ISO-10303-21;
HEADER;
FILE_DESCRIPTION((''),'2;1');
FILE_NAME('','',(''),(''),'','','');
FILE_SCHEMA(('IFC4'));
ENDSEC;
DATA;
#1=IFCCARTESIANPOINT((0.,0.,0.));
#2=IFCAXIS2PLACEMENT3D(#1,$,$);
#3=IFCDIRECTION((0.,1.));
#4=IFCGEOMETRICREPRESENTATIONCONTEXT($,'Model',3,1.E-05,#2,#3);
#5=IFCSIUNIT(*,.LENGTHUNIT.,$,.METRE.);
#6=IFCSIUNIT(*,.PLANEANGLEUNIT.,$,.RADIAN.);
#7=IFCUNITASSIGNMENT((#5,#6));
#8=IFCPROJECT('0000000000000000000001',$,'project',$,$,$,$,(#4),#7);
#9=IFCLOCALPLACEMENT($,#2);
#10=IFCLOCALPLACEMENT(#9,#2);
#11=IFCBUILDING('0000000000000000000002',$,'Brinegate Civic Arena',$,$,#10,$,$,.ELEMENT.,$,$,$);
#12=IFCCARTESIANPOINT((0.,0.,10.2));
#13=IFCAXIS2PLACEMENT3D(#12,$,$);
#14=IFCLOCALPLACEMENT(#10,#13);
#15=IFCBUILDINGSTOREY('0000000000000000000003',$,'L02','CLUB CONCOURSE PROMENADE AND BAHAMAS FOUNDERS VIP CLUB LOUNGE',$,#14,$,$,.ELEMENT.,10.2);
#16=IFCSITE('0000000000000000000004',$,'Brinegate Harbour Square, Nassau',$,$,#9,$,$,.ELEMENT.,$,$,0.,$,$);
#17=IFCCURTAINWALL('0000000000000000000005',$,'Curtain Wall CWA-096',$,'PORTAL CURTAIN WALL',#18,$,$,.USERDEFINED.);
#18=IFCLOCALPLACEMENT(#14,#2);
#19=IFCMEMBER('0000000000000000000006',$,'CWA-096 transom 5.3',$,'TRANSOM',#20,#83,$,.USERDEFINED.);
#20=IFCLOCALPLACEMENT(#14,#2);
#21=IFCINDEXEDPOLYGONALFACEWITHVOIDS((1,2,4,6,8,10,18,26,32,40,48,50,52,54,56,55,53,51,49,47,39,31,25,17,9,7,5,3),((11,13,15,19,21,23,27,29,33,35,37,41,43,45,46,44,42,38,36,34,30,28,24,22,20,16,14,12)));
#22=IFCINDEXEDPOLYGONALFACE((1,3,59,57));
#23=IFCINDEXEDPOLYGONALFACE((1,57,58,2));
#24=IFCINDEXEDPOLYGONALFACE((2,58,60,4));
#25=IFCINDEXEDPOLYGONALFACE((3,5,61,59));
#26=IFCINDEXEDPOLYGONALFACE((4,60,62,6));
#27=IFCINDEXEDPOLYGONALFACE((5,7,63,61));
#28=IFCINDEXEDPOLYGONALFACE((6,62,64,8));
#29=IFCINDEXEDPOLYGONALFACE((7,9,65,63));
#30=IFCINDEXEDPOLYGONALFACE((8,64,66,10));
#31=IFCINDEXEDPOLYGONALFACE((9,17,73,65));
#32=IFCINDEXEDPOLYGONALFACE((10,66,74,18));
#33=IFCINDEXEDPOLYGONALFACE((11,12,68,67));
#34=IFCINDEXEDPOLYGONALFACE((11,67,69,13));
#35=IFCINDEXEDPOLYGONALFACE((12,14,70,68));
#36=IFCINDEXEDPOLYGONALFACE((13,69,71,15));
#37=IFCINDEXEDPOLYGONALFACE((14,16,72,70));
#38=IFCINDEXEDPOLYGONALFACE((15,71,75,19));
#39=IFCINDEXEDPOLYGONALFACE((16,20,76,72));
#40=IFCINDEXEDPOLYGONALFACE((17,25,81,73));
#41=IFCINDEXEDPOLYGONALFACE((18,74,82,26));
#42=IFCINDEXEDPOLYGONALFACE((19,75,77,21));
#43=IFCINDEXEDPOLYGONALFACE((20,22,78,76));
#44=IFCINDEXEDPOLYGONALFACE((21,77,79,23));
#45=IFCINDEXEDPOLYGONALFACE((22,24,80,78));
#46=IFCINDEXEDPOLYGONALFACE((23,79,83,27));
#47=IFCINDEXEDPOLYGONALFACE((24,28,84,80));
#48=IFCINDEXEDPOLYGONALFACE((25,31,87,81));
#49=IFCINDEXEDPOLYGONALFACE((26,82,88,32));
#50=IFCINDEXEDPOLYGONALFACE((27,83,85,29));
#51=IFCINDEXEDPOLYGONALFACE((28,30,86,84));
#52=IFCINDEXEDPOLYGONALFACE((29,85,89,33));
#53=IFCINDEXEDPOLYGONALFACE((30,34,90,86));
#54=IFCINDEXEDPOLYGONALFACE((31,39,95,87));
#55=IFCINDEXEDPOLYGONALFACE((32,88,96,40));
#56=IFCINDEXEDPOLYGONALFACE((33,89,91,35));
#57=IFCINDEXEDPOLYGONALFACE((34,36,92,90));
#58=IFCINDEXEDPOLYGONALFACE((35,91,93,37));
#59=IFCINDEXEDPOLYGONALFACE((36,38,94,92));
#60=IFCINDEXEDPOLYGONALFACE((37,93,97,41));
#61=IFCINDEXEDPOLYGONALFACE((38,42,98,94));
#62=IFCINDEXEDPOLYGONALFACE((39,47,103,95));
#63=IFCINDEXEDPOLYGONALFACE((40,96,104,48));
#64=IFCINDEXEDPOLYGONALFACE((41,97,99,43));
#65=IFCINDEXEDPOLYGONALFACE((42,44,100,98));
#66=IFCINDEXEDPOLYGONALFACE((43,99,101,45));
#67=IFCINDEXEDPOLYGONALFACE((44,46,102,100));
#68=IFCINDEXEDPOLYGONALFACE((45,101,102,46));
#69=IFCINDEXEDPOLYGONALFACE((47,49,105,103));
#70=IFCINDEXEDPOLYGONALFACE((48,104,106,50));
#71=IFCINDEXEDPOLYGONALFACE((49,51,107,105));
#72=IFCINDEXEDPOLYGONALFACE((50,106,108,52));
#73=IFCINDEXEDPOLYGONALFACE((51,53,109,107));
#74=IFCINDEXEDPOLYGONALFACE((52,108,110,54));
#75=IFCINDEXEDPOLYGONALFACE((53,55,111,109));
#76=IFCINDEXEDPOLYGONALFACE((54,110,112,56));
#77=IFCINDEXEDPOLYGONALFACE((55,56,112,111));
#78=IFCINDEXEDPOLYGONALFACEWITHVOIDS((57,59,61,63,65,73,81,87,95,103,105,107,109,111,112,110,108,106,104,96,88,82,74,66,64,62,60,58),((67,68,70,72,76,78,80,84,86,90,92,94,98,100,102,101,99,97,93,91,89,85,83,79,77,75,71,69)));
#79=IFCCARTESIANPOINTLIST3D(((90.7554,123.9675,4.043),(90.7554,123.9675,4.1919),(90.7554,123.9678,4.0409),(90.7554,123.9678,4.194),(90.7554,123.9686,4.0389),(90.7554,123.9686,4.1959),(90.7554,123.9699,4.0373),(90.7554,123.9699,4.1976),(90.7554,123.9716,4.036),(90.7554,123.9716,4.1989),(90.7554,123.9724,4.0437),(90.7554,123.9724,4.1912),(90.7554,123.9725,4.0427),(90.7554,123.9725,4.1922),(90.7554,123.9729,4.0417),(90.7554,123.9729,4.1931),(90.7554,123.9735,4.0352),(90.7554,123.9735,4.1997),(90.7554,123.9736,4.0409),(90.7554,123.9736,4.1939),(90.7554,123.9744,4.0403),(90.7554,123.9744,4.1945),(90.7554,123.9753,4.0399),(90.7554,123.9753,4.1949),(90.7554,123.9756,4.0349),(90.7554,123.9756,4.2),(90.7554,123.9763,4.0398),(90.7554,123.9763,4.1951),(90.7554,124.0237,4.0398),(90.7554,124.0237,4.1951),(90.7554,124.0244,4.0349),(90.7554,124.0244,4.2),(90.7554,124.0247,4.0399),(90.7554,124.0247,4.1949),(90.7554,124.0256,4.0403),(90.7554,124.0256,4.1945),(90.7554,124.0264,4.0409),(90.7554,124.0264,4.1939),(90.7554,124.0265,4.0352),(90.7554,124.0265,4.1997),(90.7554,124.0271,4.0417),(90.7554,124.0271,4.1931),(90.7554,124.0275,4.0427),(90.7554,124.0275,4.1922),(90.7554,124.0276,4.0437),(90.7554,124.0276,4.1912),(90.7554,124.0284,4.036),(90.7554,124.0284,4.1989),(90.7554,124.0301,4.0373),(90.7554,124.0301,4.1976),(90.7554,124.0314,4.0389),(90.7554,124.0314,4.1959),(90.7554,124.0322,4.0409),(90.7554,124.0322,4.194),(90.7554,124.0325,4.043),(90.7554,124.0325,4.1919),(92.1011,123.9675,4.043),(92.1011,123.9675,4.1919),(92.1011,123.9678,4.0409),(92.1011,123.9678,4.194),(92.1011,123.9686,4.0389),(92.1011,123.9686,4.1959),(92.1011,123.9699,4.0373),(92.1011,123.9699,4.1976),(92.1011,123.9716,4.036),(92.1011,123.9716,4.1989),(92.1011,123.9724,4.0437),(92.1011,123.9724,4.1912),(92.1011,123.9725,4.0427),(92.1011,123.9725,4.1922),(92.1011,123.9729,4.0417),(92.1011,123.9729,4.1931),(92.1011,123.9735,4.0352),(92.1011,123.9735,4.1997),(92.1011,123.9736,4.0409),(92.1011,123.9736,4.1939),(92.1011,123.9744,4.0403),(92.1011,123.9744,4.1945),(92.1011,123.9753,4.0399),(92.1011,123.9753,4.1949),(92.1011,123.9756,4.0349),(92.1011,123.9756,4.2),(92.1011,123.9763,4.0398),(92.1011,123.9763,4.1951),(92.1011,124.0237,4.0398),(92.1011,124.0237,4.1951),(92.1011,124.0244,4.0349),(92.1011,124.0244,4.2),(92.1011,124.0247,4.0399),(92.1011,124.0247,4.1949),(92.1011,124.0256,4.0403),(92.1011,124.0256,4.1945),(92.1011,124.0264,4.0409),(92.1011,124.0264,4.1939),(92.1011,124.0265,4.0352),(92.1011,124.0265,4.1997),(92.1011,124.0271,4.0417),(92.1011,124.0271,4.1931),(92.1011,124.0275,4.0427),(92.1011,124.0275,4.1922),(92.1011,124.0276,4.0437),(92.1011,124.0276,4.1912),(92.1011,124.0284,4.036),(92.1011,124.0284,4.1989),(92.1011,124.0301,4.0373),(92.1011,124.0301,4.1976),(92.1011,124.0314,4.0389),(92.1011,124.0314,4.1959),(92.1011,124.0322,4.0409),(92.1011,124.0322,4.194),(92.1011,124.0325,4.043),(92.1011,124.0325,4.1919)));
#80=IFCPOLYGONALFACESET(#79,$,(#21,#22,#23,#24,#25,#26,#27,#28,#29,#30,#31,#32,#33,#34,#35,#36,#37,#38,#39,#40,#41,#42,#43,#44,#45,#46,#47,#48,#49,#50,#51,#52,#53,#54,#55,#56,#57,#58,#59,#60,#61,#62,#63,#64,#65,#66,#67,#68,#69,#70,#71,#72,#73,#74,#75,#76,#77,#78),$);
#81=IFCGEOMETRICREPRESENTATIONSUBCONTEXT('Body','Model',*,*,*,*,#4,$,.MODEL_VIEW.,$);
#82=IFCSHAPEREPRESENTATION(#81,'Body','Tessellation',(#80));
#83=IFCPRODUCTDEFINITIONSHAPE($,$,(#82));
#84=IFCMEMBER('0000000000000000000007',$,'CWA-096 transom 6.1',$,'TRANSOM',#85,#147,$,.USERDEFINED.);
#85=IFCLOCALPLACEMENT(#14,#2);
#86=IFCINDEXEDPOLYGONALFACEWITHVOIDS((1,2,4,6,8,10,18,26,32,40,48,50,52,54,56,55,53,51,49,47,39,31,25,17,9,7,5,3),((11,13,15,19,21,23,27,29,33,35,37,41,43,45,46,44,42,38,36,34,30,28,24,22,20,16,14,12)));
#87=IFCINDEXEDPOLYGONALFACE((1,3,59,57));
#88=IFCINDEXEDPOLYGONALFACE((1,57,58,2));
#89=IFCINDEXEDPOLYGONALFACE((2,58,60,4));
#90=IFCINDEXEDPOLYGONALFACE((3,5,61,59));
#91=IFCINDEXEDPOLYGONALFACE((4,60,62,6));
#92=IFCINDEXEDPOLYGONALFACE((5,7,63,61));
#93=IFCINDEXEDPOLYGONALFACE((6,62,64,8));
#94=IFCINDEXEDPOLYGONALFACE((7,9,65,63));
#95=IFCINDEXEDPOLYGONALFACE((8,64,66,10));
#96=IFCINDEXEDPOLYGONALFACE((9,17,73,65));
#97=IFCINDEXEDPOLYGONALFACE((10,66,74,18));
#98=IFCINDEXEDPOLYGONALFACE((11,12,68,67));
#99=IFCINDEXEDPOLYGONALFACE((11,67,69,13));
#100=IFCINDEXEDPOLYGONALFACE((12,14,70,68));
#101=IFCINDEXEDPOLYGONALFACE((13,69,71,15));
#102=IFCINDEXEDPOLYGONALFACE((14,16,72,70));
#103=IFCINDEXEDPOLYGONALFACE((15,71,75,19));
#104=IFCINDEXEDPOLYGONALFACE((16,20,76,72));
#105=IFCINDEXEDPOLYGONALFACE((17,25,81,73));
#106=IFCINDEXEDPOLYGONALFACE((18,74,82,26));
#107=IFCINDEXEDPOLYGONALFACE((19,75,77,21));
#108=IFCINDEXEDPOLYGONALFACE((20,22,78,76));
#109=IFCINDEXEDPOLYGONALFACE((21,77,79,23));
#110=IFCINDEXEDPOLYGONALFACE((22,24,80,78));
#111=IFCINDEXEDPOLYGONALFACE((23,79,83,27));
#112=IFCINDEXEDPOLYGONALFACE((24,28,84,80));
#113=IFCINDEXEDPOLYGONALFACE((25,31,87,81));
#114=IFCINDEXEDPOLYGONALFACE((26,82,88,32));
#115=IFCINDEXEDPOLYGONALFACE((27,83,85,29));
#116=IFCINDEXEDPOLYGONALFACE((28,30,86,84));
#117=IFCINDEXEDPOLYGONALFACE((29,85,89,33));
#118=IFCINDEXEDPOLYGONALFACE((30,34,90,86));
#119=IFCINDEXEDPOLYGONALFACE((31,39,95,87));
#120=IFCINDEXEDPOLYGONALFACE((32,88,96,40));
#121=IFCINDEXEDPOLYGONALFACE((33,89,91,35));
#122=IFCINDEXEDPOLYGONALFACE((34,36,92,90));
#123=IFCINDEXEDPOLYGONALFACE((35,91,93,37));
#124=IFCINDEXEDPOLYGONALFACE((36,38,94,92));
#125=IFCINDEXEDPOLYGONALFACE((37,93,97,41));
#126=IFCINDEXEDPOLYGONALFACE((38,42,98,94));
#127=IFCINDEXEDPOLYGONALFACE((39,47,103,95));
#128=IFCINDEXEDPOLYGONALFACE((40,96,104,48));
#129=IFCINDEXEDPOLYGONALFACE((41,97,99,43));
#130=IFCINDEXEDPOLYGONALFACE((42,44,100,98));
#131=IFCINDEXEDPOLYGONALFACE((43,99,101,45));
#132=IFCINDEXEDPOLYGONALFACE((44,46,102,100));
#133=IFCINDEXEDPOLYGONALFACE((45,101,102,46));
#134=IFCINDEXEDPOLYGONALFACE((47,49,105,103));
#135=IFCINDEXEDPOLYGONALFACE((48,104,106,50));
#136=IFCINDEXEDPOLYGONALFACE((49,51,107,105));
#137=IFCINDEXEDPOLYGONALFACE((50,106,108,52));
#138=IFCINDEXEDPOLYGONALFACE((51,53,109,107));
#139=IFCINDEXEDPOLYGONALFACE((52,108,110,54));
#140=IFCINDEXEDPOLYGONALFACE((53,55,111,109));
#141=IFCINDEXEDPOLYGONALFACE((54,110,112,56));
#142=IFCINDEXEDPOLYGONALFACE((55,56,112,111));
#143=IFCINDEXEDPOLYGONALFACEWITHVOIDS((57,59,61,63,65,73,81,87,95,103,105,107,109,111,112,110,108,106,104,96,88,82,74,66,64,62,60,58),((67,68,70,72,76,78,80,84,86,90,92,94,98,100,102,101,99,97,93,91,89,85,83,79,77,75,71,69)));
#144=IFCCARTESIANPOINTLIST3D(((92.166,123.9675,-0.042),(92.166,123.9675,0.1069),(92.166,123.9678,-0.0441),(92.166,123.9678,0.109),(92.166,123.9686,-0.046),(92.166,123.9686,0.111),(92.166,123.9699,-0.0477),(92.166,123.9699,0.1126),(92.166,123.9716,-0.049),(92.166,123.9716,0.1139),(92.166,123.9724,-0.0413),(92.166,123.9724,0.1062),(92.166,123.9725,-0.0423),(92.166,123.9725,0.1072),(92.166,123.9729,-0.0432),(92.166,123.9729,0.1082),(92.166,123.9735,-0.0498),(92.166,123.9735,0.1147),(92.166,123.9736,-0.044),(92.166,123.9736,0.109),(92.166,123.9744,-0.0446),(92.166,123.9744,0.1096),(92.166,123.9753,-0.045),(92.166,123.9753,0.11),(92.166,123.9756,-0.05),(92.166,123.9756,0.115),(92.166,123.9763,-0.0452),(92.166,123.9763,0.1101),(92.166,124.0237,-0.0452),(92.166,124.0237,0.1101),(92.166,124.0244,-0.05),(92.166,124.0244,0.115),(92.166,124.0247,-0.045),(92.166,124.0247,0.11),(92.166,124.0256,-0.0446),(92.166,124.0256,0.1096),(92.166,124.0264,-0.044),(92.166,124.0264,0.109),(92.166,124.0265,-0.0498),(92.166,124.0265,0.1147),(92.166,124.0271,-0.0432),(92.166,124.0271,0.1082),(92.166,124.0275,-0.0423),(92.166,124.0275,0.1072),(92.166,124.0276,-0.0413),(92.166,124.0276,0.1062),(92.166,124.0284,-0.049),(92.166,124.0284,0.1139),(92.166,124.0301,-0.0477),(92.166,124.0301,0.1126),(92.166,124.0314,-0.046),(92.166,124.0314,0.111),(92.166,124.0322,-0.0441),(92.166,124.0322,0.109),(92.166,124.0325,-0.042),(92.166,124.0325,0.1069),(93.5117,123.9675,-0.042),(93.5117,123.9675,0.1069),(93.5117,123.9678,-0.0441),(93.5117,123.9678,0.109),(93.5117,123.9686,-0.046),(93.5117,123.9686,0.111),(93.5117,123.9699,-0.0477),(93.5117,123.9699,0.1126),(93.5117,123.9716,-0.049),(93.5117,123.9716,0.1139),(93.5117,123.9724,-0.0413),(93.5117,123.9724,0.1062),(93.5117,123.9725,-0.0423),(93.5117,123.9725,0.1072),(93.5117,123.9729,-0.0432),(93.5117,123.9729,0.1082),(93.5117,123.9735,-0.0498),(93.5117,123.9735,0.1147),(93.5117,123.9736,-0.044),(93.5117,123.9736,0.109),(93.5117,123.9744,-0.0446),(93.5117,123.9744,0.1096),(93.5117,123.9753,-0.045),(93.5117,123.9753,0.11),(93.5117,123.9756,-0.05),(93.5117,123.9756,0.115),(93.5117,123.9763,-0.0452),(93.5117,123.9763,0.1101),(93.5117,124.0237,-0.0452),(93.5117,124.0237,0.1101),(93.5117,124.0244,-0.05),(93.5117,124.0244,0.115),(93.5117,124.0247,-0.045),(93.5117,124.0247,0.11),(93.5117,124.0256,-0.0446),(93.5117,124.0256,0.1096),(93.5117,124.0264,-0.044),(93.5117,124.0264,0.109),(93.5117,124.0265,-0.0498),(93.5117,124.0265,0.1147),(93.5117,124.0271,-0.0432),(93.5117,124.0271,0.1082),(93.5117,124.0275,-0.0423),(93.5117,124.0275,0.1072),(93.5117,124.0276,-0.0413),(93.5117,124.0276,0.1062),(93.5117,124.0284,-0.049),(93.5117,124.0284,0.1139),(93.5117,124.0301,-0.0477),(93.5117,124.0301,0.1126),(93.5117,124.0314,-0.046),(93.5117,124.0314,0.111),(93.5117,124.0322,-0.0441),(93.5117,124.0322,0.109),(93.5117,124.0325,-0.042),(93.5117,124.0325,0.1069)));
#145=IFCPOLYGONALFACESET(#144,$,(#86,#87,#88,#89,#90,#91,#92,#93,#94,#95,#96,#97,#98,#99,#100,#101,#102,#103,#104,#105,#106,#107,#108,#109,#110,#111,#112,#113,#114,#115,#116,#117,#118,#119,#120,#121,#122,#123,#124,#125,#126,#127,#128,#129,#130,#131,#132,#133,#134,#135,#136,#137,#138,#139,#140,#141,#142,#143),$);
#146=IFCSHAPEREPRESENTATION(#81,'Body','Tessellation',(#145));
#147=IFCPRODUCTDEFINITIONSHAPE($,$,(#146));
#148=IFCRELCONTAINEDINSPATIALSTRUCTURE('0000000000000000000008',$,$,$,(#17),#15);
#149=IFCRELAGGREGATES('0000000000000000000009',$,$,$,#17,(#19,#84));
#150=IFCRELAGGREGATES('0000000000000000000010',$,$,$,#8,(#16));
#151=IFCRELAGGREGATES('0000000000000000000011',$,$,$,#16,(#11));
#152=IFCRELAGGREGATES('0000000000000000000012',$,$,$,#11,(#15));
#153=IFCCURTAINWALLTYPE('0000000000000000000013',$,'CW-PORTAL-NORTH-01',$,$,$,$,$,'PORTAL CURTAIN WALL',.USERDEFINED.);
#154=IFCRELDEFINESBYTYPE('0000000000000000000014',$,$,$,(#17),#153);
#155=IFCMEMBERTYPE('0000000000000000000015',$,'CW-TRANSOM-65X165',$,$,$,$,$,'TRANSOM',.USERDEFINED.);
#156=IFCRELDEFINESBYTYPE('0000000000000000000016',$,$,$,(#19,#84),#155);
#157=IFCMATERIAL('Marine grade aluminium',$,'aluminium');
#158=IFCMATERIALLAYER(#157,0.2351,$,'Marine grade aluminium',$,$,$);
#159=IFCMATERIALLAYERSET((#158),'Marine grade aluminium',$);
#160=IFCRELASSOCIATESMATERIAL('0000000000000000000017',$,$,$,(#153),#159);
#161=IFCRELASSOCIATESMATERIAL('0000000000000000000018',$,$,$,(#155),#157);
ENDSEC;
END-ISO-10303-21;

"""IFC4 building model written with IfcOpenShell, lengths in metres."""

from ifc_helpers import new_model, si_unit, direction, frame, origin, origin_2d, place, context, subcontext, project, spatial, hollow_rectangle, extrude, material, layer, layer_set, material_profile, profile_set, type_object, element, aggregate, save


model = new_model("IFC4")

# Units and contexts
model_context = context("Model", 3, precision=1e-05, world=origin(), true_north=direction((0.0, 1.0)))
body_context = subcontext(model_context, "Body", "Model", "MODEL_VIEW")
ifc_project = project(units=[si_unit("LENGTHUNIT", "METRE"), si_unit("PLANEANGLEUNIT", "RADIAN")], contexts=[model_context])

# Site, building, storey
site_placement = place(None, origin())
site = spatial("IfcSite", under=ifc_project, at=site_placement, Name="Brinegate Harbour Square, Nassau", CompositionType="ELEMENT", RefElevation=0.0)
building_placement = place(site_placement, origin())
building = spatial("IfcBuilding", under=site, at=building_placement, Name="Brinegate Civic Arena", CompositionType="ELEMENT")
storey_placement = place(building_placement, frame((0.0, 0.0, 10.2)))
storey = spatial("IfcBuildingStorey", under=building, at=storey_placement, Name="L02", Description="CLUB CONCOURSE PROMENADE AND BAHAMAS FOUNDERS VIP CLUB LOUNGE", CompositionType="ELEMENT", Elevation=10.2)

# Curtain wall, members
ifc_material_1 = material(Name="Marine grade aluminium", Category="aluminium")
ifc_layer_1 = layer(ifc_material_1, 0.2351, Name="Marine grade aluminium")
ifc_layer_set_1 = layer_set([ifc_layer_1], Name="Marine grade aluminium")
curtain_wall_type = type_object("IfcCurtainWallType", Name="CW-PORTAL-NORTH-01", ElementType="PORTAL CURTAIN WALL", PredefinedType="USERDEFINED", material=ifc_layer_set_1)
curtain_wall_placement = place(storey_placement, origin())
curtain_wall = element("IfcCurtainWall", 1, at=curtain_wall_placement, inside=storey, type_object=curtain_wall_type, Name="Curtain Wall CWA-096", ObjectType="PORTAL CURTAIN WALL", PredefinedType="USERDEFINED")
ifc_material_profile_1 = material_profile(ifc_material_1, hollow_rectangle(XDim=0.0649, YDim=0.165, WallThickness=0.0049, InnerFilletRadius=0.0039, OuterFilletRadius=0.0081, at=origin_2d()), Name="TRN65X165")
ifc_profile_set_1 = profile_set([ifc_material_profile_1], Name="Marine grade aluminium")
member_type_1 = type_object("IfcMemberType", Name="CW-TRANSOM-65X165", ElementType="TRANSOM", PredefinedType="USERDEFINED", material=ifc_profile_set_1)
member_1_placement = place(storey_placement, frame((90.7554, 124.0, 4.1174), z_axis=(1.0, 0.0, 0.0), x_axis=(0.0, 1.0, 0.0)))
member_1 = element("IfcMember", 2, at=member_1_placement, type_object=member_type_1, Name="CWA-096 transom 5.3", ObjectType="TRANSOM", PredefinedType="USERDEFINED", context=body_context, shape_type="SweptSolid", body=[
    extrude(hollow_rectangle(XDim=0.0649, YDim=0.165, WallThickness=0.0049, InnerFilletRadius=0.0039, OuterFilletRadius=0.0081, at=origin_2d()), origin(), (0.0, 0.0, 1.0), 1.3457),
])
member_2_placement = place(storey_placement, frame((92.166, 124.0, 0.0325), z_axis=(1.0, 0.0, 0.0), x_axis=(0.0, 1.0, 0.0)))
member_2 = element("IfcMember", 3, at=member_2_placement, type_object=member_type_1, Name="CWA-096 transom 6.1", ObjectType="TRANSOM", PredefinedType="USERDEFINED", context=body_context, shape_type="SweptSolid", body=[
    extrude(hollow_rectangle(XDim=0.0649, YDim=0.165, WallThickness=0.0049, InnerFilletRadius=0.0039, OuterFilletRadius=0.0081, at=origin_2d()), origin(), (0.0, 0.0, 1.0), 1.3457),
])

aggregate(curtain_wall, [member_1, member_2])

save(model, "model.ifc")
